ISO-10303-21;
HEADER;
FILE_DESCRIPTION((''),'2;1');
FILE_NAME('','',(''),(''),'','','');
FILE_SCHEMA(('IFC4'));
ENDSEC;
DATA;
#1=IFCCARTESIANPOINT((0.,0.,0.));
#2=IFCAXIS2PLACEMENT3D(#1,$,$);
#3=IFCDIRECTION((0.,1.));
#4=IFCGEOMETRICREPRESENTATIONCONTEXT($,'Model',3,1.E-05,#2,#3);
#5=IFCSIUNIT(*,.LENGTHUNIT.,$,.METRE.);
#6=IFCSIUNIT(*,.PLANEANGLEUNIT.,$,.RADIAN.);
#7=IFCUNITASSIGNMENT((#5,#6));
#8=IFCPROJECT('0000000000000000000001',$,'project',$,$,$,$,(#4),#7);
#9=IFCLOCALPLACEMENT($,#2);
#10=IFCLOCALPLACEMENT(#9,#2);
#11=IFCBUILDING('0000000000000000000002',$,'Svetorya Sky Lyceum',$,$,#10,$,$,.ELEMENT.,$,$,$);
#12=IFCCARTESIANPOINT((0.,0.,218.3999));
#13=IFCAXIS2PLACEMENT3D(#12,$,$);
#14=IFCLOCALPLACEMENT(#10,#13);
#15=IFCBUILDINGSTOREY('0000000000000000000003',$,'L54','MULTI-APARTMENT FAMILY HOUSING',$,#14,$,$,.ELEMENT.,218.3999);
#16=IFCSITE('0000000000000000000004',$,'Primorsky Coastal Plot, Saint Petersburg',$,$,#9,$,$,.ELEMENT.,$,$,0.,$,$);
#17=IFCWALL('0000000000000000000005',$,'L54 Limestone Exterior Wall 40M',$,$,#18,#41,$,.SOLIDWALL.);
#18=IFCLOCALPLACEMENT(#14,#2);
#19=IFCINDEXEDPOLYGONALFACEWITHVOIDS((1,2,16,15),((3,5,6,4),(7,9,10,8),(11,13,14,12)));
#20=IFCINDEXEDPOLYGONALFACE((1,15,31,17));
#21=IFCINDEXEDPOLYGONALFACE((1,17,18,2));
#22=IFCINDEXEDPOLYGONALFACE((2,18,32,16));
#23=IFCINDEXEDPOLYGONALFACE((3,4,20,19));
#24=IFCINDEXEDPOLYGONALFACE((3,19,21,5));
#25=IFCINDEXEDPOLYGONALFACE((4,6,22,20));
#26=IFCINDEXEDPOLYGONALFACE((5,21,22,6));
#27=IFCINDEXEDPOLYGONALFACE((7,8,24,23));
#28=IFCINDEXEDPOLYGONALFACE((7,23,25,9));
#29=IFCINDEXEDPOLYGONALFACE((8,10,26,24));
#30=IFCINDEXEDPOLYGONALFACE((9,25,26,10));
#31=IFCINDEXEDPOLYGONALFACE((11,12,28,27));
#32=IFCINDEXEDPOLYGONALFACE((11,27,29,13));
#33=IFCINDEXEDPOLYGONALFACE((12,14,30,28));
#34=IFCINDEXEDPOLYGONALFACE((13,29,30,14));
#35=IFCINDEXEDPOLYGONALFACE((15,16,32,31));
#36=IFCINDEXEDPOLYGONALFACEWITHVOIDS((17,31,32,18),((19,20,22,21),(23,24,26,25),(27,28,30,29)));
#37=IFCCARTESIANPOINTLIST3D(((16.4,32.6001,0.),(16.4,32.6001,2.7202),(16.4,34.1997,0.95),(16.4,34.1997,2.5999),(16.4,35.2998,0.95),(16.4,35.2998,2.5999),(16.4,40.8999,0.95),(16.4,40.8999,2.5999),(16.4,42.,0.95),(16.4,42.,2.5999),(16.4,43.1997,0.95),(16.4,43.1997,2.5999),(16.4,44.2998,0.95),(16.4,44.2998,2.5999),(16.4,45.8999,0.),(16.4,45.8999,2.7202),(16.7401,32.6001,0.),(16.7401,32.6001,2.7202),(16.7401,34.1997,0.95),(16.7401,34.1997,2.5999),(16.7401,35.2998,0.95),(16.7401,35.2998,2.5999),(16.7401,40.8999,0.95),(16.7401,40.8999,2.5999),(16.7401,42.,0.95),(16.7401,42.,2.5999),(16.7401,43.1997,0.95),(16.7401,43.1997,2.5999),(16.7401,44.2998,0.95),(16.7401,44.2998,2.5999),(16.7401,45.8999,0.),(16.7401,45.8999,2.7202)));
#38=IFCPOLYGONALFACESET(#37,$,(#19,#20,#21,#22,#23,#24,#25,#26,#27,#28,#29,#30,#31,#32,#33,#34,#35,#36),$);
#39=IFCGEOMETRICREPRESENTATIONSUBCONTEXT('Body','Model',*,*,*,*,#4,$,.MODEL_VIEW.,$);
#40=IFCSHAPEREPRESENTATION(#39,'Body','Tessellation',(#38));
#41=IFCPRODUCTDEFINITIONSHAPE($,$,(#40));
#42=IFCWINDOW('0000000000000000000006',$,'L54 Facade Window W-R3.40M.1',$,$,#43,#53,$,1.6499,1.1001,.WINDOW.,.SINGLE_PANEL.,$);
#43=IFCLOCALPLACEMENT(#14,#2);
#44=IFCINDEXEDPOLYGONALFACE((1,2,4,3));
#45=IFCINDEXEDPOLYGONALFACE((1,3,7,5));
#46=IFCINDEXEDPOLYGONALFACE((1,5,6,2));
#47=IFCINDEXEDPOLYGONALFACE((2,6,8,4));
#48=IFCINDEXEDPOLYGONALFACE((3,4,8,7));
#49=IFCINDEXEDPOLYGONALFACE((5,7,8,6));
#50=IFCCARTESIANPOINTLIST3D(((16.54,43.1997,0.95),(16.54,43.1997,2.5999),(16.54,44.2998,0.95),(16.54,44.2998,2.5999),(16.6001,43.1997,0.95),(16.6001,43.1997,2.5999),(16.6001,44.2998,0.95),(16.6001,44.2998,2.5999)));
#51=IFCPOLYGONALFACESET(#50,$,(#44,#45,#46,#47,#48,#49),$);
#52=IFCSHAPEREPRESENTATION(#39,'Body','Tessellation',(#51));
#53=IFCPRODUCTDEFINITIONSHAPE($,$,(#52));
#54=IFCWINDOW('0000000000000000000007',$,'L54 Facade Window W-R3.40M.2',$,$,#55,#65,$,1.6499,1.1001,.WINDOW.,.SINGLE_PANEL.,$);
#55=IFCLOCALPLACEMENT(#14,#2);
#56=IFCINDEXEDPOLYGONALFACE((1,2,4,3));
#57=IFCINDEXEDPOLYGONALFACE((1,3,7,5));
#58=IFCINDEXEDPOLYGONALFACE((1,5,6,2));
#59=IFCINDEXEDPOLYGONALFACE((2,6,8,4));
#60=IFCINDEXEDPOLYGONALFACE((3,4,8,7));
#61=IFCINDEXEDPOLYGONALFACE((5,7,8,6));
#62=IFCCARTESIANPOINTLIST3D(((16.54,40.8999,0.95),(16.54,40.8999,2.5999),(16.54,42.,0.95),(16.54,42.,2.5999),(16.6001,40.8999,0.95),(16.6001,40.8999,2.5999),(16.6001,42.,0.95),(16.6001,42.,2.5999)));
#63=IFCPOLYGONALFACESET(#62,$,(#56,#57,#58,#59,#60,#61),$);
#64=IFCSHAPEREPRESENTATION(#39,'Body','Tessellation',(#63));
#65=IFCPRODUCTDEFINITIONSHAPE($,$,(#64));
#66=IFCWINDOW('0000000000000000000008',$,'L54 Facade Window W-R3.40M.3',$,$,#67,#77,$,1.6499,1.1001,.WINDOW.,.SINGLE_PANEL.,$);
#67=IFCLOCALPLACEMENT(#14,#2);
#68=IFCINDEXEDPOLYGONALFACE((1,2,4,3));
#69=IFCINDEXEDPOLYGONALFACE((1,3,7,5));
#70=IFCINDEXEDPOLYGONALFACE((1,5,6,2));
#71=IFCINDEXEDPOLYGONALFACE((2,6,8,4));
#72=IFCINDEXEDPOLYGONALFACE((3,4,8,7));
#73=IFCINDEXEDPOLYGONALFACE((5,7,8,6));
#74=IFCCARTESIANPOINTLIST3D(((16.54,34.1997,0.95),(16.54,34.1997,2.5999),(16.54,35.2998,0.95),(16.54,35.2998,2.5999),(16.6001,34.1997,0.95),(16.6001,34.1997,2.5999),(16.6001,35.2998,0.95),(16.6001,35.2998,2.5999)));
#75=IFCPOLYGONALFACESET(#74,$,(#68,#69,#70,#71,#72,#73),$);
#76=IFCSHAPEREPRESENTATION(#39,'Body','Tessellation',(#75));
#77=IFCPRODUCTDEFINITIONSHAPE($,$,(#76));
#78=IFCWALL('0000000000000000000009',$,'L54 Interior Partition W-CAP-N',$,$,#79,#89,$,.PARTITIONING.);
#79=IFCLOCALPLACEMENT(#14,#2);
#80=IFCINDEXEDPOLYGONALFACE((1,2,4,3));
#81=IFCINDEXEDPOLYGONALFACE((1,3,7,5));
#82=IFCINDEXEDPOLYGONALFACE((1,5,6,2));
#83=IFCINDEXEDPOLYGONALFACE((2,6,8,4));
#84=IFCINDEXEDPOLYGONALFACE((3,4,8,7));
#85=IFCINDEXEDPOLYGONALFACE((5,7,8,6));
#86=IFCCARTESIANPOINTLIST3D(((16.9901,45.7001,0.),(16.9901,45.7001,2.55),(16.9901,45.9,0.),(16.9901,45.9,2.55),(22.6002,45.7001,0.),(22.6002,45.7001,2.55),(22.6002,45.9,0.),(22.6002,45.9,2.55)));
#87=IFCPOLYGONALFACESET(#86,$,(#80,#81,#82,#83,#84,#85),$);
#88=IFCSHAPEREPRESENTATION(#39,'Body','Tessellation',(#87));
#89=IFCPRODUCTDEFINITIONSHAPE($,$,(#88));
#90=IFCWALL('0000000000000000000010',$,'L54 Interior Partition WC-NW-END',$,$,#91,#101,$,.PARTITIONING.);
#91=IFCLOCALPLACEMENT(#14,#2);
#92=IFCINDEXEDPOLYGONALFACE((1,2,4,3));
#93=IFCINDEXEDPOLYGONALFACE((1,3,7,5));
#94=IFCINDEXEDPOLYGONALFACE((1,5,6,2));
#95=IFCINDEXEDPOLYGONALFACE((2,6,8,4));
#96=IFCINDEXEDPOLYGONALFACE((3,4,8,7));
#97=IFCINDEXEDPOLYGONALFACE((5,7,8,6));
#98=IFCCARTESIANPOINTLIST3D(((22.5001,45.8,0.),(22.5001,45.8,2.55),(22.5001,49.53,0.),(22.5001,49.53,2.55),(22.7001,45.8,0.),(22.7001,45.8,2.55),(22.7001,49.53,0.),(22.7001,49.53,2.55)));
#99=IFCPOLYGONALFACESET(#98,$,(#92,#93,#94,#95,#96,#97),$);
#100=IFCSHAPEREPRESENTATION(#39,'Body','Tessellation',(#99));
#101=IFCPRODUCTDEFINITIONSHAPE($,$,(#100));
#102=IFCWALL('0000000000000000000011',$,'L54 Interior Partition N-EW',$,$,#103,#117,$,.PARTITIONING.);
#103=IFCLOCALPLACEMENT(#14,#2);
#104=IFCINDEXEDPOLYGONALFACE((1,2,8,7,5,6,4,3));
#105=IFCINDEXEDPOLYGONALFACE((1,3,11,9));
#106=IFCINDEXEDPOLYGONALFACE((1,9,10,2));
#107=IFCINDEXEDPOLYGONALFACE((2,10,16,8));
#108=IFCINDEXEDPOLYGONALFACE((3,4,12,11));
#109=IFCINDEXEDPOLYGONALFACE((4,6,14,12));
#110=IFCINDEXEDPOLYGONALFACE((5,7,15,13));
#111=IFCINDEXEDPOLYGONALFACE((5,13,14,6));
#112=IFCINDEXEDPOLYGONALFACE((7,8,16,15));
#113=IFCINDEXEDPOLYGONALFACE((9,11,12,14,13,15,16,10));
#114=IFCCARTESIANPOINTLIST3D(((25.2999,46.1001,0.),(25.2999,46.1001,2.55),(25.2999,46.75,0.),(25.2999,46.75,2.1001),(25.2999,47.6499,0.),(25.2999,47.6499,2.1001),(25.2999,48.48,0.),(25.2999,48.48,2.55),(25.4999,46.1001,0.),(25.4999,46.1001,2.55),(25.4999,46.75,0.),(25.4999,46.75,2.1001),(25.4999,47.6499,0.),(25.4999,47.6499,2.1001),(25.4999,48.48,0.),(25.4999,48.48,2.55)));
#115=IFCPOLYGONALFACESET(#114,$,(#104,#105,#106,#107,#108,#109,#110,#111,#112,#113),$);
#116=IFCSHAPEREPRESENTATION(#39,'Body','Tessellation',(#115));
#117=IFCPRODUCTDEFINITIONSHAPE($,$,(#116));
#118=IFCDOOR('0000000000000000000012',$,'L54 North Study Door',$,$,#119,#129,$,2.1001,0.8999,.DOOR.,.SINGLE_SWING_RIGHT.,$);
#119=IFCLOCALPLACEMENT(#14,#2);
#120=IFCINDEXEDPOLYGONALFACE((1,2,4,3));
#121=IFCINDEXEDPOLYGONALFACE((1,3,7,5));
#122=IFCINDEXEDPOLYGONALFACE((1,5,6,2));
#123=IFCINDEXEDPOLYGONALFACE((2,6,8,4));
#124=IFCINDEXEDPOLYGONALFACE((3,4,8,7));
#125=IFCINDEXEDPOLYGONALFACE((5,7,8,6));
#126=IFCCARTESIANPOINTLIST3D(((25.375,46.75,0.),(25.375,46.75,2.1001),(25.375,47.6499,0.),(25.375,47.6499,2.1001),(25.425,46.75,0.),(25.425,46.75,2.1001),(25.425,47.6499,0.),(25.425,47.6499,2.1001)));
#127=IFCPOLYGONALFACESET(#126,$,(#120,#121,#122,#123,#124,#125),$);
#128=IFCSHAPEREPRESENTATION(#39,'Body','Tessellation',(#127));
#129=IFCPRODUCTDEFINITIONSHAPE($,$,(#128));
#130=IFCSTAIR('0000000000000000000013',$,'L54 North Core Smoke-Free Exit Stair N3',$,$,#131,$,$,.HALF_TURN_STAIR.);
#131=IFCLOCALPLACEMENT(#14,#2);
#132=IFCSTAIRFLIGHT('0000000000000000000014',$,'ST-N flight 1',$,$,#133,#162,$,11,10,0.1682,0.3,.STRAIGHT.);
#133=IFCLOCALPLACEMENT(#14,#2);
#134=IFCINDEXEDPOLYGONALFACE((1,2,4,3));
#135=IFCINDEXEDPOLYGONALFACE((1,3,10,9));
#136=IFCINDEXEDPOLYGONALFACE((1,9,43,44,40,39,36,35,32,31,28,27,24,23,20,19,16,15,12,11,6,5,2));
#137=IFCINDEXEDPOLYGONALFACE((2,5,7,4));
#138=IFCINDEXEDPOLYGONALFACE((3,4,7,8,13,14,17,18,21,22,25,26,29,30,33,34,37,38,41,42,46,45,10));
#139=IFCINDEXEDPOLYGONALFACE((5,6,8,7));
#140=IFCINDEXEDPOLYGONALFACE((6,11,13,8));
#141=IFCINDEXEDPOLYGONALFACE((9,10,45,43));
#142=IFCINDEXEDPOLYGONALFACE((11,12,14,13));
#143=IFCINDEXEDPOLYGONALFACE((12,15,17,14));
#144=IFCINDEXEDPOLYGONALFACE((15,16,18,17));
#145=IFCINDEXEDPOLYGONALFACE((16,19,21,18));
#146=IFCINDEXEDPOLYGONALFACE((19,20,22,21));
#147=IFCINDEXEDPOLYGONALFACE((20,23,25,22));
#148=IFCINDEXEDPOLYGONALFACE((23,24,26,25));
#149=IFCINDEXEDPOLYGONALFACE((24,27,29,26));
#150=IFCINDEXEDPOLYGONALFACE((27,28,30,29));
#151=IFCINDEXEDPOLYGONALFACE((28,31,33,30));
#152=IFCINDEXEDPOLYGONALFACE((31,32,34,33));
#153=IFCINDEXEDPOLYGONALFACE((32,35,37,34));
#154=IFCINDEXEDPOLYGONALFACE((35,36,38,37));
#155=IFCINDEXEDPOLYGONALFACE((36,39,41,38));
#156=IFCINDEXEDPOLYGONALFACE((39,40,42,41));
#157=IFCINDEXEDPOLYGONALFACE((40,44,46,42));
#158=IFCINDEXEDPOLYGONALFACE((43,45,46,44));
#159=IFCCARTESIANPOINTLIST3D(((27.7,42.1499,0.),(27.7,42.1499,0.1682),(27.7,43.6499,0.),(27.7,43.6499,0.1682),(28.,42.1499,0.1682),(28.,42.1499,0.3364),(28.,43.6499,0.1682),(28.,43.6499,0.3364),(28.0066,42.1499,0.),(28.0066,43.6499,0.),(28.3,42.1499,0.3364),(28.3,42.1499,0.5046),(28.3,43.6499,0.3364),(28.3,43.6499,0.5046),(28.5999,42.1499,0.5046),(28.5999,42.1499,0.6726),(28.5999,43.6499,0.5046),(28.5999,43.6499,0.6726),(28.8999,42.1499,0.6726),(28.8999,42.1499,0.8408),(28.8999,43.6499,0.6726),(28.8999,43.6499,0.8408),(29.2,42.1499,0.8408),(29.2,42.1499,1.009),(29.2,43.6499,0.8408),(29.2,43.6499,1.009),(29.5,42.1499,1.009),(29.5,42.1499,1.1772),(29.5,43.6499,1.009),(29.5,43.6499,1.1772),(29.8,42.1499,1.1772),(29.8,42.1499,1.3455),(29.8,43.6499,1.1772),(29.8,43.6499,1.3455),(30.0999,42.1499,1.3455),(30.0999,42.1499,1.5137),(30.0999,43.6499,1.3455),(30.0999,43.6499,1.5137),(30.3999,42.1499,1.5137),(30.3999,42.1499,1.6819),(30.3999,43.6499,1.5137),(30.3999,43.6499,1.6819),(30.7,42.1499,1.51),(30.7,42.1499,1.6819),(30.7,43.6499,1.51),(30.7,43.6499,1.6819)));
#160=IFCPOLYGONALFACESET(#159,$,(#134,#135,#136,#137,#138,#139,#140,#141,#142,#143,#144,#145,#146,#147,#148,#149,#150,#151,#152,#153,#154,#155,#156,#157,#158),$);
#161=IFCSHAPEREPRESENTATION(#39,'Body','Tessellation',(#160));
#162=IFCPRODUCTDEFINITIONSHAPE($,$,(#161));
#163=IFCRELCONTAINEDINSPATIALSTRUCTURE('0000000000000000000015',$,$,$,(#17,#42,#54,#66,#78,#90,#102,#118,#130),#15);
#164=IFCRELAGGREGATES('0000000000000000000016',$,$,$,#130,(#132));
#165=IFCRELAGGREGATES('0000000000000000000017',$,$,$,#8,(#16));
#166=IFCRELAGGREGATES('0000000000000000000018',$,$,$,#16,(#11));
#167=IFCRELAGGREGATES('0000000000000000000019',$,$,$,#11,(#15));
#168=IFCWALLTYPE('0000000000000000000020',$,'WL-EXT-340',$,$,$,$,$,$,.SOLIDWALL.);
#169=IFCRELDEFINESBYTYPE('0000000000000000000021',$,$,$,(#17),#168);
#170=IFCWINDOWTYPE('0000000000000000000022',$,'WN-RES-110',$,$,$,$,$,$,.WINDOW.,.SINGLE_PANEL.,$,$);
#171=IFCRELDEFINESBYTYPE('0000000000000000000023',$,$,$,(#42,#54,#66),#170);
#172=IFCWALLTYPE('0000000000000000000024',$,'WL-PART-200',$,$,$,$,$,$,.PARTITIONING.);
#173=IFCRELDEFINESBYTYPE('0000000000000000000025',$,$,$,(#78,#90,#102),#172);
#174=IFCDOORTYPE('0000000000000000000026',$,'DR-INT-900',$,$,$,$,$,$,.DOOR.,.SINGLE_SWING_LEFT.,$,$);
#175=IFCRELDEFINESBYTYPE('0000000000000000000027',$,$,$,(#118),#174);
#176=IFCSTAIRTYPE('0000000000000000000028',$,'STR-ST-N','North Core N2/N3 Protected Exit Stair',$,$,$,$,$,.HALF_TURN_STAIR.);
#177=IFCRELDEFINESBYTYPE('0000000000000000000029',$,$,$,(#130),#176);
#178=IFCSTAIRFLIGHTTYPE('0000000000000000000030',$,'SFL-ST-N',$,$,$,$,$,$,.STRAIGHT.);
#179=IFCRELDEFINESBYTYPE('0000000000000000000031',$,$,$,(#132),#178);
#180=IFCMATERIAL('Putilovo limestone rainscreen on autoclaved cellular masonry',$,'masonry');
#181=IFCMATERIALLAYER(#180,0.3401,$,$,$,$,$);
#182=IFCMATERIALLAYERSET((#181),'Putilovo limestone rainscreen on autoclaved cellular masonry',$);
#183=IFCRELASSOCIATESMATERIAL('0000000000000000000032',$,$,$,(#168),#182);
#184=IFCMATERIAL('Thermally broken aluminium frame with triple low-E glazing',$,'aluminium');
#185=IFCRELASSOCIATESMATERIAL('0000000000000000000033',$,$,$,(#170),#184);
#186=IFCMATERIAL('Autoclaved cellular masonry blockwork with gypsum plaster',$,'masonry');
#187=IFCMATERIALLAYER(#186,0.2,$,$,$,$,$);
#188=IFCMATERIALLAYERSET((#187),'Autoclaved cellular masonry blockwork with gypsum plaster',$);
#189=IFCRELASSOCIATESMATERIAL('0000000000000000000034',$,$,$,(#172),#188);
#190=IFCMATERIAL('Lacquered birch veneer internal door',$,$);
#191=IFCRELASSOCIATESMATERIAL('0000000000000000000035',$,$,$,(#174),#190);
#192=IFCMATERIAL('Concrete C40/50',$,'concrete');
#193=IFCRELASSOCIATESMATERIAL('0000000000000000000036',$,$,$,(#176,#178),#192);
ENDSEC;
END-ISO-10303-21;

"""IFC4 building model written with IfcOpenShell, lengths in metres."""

from ifc_helpers import new_model, si_unit, direction, frame, frame_2d, origin, place, context, subcontext, project, spatial, polyline, rectangle, outline, extrude, material, layer, layer_set, type_object, element, fill, aggregate, save


model = new_model("IFC4")

# Units and contexts
model_context = context("Model", 3, precision=1e-05, world=origin(), true_north=direction((0.0, 1.0)))
body_context = subcontext(model_context, "Body", "Model", "MODEL_VIEW")
ifc_project = project(units=[si_unit("LENGTHUNIT", "METRE"), si_unit("PLANEANGLEUNIT", "RADIAN")], contexts=[model_context])

# Site, building, storey
site_placement = place(None, origin())
site = spatial("IfcSite", under=ifc_project, at=site_placement, Name="Primorsky Coastal Plot, Saint Petersburg", CompositionType="ELEMENT", RefElevation=0.0)
building_placement = place(site_placement, origin())
building = spatial("IfcBuilding", under=site, at=building_placement, Name="Svetorya Sky Lyceum", CompositionType="ELEMENT")
storey_placement = place(building_placement, frame((0.0, 0.0, 218.3999)))
storey = spatial("IfcBuildingStorey", under=building, at=storey_placement, Name="L54", Description="MULTI-APARTMENT FAMILY HOUSING", CompositionType="ELEMENT", Elevation=218.3999)

# Shared definitions
ifc_material_1 = material(Name="Putilovo limestone rainscreen on autoclaved cellular masonry", Category="masonry")
ifc_layer_1 = layer(ifc_material_1, 0.3401)
ifc_layer_set_1 = layer_set([ifc_layer_1], Name="Putilovo limestone rainscreen on autoclaved cellular masonry")
wall_type_1 = type_object("IfcWallType", Name="WL-EXT-340", PredefinedType="SOLIDWALL", material=ifc_layer_set_1)

# Wall, openings, windows
wall_1_placement = place(storey_placement, frame((16.5701, 45.8999, 0.0), z_axis=(0.0, 0.0, 1.0), x_axis=(0.0, -1.0, 0.0)))
wall_1 = element("IfcWall", 1, at=wall_1_placement, inside=storey, type_object=wall_type_1, Name="L54 Limestone Exterior Wall 40M", PredefinedType="SOLIDWALL", context=body_context, shape_type="SweptSolid", body=[
    extrude(rectangle(XDim=13.2998, YDim=0.3401, at=frame_2d((6.6499, 0.0))), origin(), (0.0, 0.0, 1.0), 2.7202),
])
opening_1_placement = place(wall_1_placement, frame((1.6001, 0.0, 0.95)))
opening_1 = element("IfcOpeningElement", 2, at=opening_1_placement, cuts=wall_1, PredefinedType="OPENING", context=body_context, shape_type="SweptSolid", body=[
    extrude(rectangle(XDim=1.1001, YDim=1.6499, at=frame_2d((0.55, 0.825))), frame((0.0, 0.1799, 0.0), z_axis=(0.0, -1.0, 0.0), x_axis=(1.0, 0.0, 0.0)), (0.0, 0.0, 1.0), 0.3601),
])
opening_2_placement = place(wall_1_placement, frame((3.8999, 0.0, 0.95)))
opening_2 = element("IfcOpeningElement", 3, at=opening_2_placement, cuts=wall_1, PredefinedType="OPENING", context=body_context, shape_type="SweptSolid", body=[
    extrude(rectangle(XDim=1.1001, YDim=1.6499, at=frame_2d((0.55, 0.825))), frame((0.0, 0.1799, 0.0), z_axis=(0.0, -1.0, 0.0), x_axis=(1.0, 0.0, 0.0)), (0.0, 0.0, 1.0), 0.3601),
])
opening_3_placement = place(wall_1_placement, frame((10.6001, 0.0, 0.95)))
opening_3 = element("IfcOpeningElement", 4, at=opening_3_placement, cuts=wall_1, PredefinedType="OPENING", context=body_context, shape_type="SweptSolid", body=[
    extrude(rectangle(XDim=1.1001, YDim=1.6499, at=frame_2d((0.55, 0.825))), frame((0.0, 0.1799, 0.0), z_axis=(0.0, -1.0, 0.0), x_axis=(1.0, 0.0, 0.0)), (0.0, 0.0, 1.0), 0.3601),
])
ifc_material_2 = material(Name="Thermally broken aluminium frame with triple low-E glazing", Category="aluminium")
window_type = type_object("IfcWindowType", Name="WN-RES-110", PartitioningType="SINGLE_PANEL", PredefinedType="WINDOW", material=ifc_material_2)
window_1_placement = place(opening_1_placement, origin())
window_1 = element("IfcWindow", 5, at=window_1_placement, inside=storey, type_object=window_type, Name="L54 Facade Window W-R3.40M.1", OverallHeight=1.6499, OverallWidth=1.1001, PartitioningType="SINGLE_PANEL", PredefinedType="WINDOW", context=body_context, shape_type="SweptSolid", body=[
    extrude(rectangle(XDim=1.1001, YDim=1.6499, at=frame_2d((0.55, 0.825))), frame((0.0, 0.03, 0.0), z_axis=(0.0, -1.0, 0.0), x_axis=(1.0, 0.0, 0.0)), (0.0, 0.0, 1.0), 0.0601),
])
fill(opening_1, window_1)
window_2_placement = place(opening_2_placement, origin())
window_2 = element("IfcWindow", 6, at=window_2_placement, inside=storey, type_object=window_type, Name="L54 Facade Window W-R3.40M.2", OverallHeight=1.6499, OverallWidth=1.1001, PartitioningType="SINGLE_PANEL", PredefinedType="WINDOW", context=body_context, shape_type="SweptSolid", body=[
    extrude(rectangle(XDim=1.1001, YDim=1.6499, at=frame_2d((0.55, 0.825))), frame((0.0, 0.03, 0.0), z_axis=(0.0, -1.0, 0.0), x_axis=(1.0, 0.0, 0.0)), (0.0, 0.0, 1.0), 0.0601),
])
fill(opening_2, window_2)
window_3_placement = place(opening_3_placement, origin())
window_3 = element("IfcWindow", 7, at=window_3_placement, inside=storey, type_object=window_type, Name="L54 Facade Window W-R3.40M.3", OverallHeight=1.6499, OverallWidth=1.1001, PartitioningType="SINGLE_PANEL", PredefinedType="WINDOW", context=body_context, shape_type="SweptSolid", body=[
    extrude(rectangle(XDim=1.1001, YDim=1.6499, at=frame_2d((0.55, 0.825))), frame((0.0, 0.03, 0.0), z_axis=(0.0, -1.0, 0.0), x_axis=(1.0, 0.0, 0.0)), (0.0, 0.0, 1.0), 0.0601),
])
fill(opening_3, window_3)

# Walls
ifc_material_3 = material(Name="Autoclaved cellular masonry blockwork with gypsum plaster", Category="masonry")
ifc_layer_2 = layer(ifc_material_3, 0.2)
ifc_layer_set_2 = layer_set([ifc_layer_2], Name="Autoclaved cellular masonry blockwork with gypsum plaster")
wall_type_2 = type_object("IfcWallType", Name="WL-PART-200", PredefinedType="PARTITIONING", material=ifc_layer_set_2)
wall_2_placement = place(storey_placement, frame((16.99, 45.8, 0.0), z_axis=(0.0, 0.0, 1.0), x_axis=(1.0, 0.0, 0.0)))
element("IfcWall", 8, at=wall_2_placement, inside=storey, type_object=wall_type_2, Name="L54 Interior Partition W-CAP-N", PredefinedType="PARTITIONING", context=body_context, shape_type="SweptSolid", body=[
    extrude(rectangle(XDim=5.6101, YDim=0.2, at=frame_2d((2.8052, 0.0))), origin(), (0.0, 0.0, 1.0), 2.55),
])
wall_3_placement = place(storey_placement, frame((22.6001, 45.8, 0.0), z_axis=(0.0, 0.0, 1.0), x_axis=(0.0, 1.0, 0.0)))
element("IfcWall", 9, at=wall_3_placement, inside=storey, type_object=wall_type_2, Name="L54 Interior Partition WC-NW-END", PredefinedType="PARTITIONING", context=body_context, shape_type="SweptSolid", body=[
    extrude(rectangle(XDim=3.73, YDim=0.2, at=frame_2d((1.865, 0.0))), origin(), (0.0, 0.0, 1.0), 2.55),
])

# Wall, opening, door
wall_4_placement = place(storey_placement, frame((25.3999, 46.1001, 0.0), z_axis=(0.0, 0.0, 1.0), x_axis=(0.0, 1.0, 0.0)))
wall_4 = element("IfcWall", 10, at=wall_4_placement, inside=storey, type_object=wall_type_2, Name="L54 Interior Partition N-EW", PredefinedType="PARTITIONING", context=body_context, shape_type="SweptSolid", body=[
    extrude(rectangle(XDim=2.3799, YDim=0.2, at=frame_2d((1.1899, 0.0))), origin(), (0.0, 0.0, 1.0), 2.55),
])
opening_4_placement = place(wall_4_placement, frame((0.6499, 0.0, 0.0)))
opening_4 = element("IfcOpeningElement", 11, at=opening_4_placement, cuts=wall_4, PredefinedType="OPENING", context=body_context, shape_type="SweptSolid", body=[
    extrude(rectangle(XDim=0.8999, YDim=2.1001, at=frame_2d((0.45, 1.05))), frame((0.0, 0.1099, 0.0), z_axis=(0.0, -1.0, 0.0), x_axis=(1.0, 0.0, 0.0)), (0.0, 0.0, 1.0), 0.22),
])
ifc_material_4 = material(Name="Lacquered birch veneer internal door")
door_type = type_object("IfcDoorType", Name="DR-INT-900", OperationType="SINGLE_SWING_LEFT", PredefinedType="DOOR", material=ifc_material_4)
door_placement = place(opening_4_placement, origin())
door = element("IfcDoor", 12, at=door_placement, inside=storey, type_object=door_type, Name="L54 North Study Door", OperationType="SINGLE_SWING_RIGHT", OverallHeight=2.1001, OverallWidth=0.8999, PredefinedType="DOOR", context=body_context, shape_type="SweptSolid", body=[
    extrude(rectangle(XDim=0.8999, YDim=2.1001, at=frame_2d((0.45, 1.05))), frame((0.0, 0.0249, 0.0), z_axis=(0.0, -1.0, 0.0), x_axis=(1.0, 0.0, 0.0)), (0.0, 0.0, 1.0), 0.05),
])
fill(opening_4, door)

# Stair, stair flight
ifc_material_5 = material(Name="Concrete C40/50", Category="concrete")
stair_type = type_object("IfcStairType", Name="STR-ST-N", Description="North Core N2/N3 Protected Exit Stair", PredefinedType="HALF_TURN_STAIR", material=ifc_material_5)
stair_placement = place(storey_placement, origin())
stair = element("IfcStair", 13, at=stair_placement, inside=storey, type_object=stair_type, Name="L54 North Core Smoke-Free Exit Stair N3", PredefinedType="HALF_TURN_STAIR")
stair_flight_type = type_object("IfcStairFlightType", Name="SFL-ST-N", PredefinedType="STRAIGHT", material=ifc_material_5)
stair_flight_placement = place(storey_placement, frame((27.7, 42.8999, 0.0), z_axis=(0.0, 0.0, 1.0), x_axis=(1.0, 0.0, 0.0)))
stair_flight = element("IfcStairFlight", 14, at=stair_flight_placement, type_object=stair_flight_type, Name="ST-N flight 1", NumberOfRisers=11, NumberOfTreads=10, PredefinedType="STRAIGHT", RiserHeight=0.1682, TreadLength=0.3, context=body_context, shape_type="SweptSolid", body=[
    extrude(outline(polyline([(0.0, 0.0), (0.0, 0.1682), (0.3, 0.1682), (0.3, 0.3364), (0.6001, 0.3364), (0.6001, 0.5046), (0.8999, 0.5046), (0.8999, 0.6726), (1.2, 0.6726), (1.2, 0.8408), (1.5, 0.8408), (1.5, 1.009), (1.8, 1.009), (1.8, 1.1772), (2.1001, 1.1772), (2.1001, 1.3455), (2.3999, 1.3455), (2.3999, 1.5137), (2.7, 1.5137), (2.7, 1.6819), (3.0, 1.6819), (3.0, 1.8501), (3.0, 1.51), (0.3066, 0.0), (0.0, 0.0)])), frame((0.0, 0.75, 0.0), z_axis=(0.0, -1.0, 0.0), x_axis=(1.0, 0.0, 0.0)), (0.0, 0.0, 1.0), 1.5),
])
aggregate(stair, [stair_flight])

save(model, "model.ifc")
